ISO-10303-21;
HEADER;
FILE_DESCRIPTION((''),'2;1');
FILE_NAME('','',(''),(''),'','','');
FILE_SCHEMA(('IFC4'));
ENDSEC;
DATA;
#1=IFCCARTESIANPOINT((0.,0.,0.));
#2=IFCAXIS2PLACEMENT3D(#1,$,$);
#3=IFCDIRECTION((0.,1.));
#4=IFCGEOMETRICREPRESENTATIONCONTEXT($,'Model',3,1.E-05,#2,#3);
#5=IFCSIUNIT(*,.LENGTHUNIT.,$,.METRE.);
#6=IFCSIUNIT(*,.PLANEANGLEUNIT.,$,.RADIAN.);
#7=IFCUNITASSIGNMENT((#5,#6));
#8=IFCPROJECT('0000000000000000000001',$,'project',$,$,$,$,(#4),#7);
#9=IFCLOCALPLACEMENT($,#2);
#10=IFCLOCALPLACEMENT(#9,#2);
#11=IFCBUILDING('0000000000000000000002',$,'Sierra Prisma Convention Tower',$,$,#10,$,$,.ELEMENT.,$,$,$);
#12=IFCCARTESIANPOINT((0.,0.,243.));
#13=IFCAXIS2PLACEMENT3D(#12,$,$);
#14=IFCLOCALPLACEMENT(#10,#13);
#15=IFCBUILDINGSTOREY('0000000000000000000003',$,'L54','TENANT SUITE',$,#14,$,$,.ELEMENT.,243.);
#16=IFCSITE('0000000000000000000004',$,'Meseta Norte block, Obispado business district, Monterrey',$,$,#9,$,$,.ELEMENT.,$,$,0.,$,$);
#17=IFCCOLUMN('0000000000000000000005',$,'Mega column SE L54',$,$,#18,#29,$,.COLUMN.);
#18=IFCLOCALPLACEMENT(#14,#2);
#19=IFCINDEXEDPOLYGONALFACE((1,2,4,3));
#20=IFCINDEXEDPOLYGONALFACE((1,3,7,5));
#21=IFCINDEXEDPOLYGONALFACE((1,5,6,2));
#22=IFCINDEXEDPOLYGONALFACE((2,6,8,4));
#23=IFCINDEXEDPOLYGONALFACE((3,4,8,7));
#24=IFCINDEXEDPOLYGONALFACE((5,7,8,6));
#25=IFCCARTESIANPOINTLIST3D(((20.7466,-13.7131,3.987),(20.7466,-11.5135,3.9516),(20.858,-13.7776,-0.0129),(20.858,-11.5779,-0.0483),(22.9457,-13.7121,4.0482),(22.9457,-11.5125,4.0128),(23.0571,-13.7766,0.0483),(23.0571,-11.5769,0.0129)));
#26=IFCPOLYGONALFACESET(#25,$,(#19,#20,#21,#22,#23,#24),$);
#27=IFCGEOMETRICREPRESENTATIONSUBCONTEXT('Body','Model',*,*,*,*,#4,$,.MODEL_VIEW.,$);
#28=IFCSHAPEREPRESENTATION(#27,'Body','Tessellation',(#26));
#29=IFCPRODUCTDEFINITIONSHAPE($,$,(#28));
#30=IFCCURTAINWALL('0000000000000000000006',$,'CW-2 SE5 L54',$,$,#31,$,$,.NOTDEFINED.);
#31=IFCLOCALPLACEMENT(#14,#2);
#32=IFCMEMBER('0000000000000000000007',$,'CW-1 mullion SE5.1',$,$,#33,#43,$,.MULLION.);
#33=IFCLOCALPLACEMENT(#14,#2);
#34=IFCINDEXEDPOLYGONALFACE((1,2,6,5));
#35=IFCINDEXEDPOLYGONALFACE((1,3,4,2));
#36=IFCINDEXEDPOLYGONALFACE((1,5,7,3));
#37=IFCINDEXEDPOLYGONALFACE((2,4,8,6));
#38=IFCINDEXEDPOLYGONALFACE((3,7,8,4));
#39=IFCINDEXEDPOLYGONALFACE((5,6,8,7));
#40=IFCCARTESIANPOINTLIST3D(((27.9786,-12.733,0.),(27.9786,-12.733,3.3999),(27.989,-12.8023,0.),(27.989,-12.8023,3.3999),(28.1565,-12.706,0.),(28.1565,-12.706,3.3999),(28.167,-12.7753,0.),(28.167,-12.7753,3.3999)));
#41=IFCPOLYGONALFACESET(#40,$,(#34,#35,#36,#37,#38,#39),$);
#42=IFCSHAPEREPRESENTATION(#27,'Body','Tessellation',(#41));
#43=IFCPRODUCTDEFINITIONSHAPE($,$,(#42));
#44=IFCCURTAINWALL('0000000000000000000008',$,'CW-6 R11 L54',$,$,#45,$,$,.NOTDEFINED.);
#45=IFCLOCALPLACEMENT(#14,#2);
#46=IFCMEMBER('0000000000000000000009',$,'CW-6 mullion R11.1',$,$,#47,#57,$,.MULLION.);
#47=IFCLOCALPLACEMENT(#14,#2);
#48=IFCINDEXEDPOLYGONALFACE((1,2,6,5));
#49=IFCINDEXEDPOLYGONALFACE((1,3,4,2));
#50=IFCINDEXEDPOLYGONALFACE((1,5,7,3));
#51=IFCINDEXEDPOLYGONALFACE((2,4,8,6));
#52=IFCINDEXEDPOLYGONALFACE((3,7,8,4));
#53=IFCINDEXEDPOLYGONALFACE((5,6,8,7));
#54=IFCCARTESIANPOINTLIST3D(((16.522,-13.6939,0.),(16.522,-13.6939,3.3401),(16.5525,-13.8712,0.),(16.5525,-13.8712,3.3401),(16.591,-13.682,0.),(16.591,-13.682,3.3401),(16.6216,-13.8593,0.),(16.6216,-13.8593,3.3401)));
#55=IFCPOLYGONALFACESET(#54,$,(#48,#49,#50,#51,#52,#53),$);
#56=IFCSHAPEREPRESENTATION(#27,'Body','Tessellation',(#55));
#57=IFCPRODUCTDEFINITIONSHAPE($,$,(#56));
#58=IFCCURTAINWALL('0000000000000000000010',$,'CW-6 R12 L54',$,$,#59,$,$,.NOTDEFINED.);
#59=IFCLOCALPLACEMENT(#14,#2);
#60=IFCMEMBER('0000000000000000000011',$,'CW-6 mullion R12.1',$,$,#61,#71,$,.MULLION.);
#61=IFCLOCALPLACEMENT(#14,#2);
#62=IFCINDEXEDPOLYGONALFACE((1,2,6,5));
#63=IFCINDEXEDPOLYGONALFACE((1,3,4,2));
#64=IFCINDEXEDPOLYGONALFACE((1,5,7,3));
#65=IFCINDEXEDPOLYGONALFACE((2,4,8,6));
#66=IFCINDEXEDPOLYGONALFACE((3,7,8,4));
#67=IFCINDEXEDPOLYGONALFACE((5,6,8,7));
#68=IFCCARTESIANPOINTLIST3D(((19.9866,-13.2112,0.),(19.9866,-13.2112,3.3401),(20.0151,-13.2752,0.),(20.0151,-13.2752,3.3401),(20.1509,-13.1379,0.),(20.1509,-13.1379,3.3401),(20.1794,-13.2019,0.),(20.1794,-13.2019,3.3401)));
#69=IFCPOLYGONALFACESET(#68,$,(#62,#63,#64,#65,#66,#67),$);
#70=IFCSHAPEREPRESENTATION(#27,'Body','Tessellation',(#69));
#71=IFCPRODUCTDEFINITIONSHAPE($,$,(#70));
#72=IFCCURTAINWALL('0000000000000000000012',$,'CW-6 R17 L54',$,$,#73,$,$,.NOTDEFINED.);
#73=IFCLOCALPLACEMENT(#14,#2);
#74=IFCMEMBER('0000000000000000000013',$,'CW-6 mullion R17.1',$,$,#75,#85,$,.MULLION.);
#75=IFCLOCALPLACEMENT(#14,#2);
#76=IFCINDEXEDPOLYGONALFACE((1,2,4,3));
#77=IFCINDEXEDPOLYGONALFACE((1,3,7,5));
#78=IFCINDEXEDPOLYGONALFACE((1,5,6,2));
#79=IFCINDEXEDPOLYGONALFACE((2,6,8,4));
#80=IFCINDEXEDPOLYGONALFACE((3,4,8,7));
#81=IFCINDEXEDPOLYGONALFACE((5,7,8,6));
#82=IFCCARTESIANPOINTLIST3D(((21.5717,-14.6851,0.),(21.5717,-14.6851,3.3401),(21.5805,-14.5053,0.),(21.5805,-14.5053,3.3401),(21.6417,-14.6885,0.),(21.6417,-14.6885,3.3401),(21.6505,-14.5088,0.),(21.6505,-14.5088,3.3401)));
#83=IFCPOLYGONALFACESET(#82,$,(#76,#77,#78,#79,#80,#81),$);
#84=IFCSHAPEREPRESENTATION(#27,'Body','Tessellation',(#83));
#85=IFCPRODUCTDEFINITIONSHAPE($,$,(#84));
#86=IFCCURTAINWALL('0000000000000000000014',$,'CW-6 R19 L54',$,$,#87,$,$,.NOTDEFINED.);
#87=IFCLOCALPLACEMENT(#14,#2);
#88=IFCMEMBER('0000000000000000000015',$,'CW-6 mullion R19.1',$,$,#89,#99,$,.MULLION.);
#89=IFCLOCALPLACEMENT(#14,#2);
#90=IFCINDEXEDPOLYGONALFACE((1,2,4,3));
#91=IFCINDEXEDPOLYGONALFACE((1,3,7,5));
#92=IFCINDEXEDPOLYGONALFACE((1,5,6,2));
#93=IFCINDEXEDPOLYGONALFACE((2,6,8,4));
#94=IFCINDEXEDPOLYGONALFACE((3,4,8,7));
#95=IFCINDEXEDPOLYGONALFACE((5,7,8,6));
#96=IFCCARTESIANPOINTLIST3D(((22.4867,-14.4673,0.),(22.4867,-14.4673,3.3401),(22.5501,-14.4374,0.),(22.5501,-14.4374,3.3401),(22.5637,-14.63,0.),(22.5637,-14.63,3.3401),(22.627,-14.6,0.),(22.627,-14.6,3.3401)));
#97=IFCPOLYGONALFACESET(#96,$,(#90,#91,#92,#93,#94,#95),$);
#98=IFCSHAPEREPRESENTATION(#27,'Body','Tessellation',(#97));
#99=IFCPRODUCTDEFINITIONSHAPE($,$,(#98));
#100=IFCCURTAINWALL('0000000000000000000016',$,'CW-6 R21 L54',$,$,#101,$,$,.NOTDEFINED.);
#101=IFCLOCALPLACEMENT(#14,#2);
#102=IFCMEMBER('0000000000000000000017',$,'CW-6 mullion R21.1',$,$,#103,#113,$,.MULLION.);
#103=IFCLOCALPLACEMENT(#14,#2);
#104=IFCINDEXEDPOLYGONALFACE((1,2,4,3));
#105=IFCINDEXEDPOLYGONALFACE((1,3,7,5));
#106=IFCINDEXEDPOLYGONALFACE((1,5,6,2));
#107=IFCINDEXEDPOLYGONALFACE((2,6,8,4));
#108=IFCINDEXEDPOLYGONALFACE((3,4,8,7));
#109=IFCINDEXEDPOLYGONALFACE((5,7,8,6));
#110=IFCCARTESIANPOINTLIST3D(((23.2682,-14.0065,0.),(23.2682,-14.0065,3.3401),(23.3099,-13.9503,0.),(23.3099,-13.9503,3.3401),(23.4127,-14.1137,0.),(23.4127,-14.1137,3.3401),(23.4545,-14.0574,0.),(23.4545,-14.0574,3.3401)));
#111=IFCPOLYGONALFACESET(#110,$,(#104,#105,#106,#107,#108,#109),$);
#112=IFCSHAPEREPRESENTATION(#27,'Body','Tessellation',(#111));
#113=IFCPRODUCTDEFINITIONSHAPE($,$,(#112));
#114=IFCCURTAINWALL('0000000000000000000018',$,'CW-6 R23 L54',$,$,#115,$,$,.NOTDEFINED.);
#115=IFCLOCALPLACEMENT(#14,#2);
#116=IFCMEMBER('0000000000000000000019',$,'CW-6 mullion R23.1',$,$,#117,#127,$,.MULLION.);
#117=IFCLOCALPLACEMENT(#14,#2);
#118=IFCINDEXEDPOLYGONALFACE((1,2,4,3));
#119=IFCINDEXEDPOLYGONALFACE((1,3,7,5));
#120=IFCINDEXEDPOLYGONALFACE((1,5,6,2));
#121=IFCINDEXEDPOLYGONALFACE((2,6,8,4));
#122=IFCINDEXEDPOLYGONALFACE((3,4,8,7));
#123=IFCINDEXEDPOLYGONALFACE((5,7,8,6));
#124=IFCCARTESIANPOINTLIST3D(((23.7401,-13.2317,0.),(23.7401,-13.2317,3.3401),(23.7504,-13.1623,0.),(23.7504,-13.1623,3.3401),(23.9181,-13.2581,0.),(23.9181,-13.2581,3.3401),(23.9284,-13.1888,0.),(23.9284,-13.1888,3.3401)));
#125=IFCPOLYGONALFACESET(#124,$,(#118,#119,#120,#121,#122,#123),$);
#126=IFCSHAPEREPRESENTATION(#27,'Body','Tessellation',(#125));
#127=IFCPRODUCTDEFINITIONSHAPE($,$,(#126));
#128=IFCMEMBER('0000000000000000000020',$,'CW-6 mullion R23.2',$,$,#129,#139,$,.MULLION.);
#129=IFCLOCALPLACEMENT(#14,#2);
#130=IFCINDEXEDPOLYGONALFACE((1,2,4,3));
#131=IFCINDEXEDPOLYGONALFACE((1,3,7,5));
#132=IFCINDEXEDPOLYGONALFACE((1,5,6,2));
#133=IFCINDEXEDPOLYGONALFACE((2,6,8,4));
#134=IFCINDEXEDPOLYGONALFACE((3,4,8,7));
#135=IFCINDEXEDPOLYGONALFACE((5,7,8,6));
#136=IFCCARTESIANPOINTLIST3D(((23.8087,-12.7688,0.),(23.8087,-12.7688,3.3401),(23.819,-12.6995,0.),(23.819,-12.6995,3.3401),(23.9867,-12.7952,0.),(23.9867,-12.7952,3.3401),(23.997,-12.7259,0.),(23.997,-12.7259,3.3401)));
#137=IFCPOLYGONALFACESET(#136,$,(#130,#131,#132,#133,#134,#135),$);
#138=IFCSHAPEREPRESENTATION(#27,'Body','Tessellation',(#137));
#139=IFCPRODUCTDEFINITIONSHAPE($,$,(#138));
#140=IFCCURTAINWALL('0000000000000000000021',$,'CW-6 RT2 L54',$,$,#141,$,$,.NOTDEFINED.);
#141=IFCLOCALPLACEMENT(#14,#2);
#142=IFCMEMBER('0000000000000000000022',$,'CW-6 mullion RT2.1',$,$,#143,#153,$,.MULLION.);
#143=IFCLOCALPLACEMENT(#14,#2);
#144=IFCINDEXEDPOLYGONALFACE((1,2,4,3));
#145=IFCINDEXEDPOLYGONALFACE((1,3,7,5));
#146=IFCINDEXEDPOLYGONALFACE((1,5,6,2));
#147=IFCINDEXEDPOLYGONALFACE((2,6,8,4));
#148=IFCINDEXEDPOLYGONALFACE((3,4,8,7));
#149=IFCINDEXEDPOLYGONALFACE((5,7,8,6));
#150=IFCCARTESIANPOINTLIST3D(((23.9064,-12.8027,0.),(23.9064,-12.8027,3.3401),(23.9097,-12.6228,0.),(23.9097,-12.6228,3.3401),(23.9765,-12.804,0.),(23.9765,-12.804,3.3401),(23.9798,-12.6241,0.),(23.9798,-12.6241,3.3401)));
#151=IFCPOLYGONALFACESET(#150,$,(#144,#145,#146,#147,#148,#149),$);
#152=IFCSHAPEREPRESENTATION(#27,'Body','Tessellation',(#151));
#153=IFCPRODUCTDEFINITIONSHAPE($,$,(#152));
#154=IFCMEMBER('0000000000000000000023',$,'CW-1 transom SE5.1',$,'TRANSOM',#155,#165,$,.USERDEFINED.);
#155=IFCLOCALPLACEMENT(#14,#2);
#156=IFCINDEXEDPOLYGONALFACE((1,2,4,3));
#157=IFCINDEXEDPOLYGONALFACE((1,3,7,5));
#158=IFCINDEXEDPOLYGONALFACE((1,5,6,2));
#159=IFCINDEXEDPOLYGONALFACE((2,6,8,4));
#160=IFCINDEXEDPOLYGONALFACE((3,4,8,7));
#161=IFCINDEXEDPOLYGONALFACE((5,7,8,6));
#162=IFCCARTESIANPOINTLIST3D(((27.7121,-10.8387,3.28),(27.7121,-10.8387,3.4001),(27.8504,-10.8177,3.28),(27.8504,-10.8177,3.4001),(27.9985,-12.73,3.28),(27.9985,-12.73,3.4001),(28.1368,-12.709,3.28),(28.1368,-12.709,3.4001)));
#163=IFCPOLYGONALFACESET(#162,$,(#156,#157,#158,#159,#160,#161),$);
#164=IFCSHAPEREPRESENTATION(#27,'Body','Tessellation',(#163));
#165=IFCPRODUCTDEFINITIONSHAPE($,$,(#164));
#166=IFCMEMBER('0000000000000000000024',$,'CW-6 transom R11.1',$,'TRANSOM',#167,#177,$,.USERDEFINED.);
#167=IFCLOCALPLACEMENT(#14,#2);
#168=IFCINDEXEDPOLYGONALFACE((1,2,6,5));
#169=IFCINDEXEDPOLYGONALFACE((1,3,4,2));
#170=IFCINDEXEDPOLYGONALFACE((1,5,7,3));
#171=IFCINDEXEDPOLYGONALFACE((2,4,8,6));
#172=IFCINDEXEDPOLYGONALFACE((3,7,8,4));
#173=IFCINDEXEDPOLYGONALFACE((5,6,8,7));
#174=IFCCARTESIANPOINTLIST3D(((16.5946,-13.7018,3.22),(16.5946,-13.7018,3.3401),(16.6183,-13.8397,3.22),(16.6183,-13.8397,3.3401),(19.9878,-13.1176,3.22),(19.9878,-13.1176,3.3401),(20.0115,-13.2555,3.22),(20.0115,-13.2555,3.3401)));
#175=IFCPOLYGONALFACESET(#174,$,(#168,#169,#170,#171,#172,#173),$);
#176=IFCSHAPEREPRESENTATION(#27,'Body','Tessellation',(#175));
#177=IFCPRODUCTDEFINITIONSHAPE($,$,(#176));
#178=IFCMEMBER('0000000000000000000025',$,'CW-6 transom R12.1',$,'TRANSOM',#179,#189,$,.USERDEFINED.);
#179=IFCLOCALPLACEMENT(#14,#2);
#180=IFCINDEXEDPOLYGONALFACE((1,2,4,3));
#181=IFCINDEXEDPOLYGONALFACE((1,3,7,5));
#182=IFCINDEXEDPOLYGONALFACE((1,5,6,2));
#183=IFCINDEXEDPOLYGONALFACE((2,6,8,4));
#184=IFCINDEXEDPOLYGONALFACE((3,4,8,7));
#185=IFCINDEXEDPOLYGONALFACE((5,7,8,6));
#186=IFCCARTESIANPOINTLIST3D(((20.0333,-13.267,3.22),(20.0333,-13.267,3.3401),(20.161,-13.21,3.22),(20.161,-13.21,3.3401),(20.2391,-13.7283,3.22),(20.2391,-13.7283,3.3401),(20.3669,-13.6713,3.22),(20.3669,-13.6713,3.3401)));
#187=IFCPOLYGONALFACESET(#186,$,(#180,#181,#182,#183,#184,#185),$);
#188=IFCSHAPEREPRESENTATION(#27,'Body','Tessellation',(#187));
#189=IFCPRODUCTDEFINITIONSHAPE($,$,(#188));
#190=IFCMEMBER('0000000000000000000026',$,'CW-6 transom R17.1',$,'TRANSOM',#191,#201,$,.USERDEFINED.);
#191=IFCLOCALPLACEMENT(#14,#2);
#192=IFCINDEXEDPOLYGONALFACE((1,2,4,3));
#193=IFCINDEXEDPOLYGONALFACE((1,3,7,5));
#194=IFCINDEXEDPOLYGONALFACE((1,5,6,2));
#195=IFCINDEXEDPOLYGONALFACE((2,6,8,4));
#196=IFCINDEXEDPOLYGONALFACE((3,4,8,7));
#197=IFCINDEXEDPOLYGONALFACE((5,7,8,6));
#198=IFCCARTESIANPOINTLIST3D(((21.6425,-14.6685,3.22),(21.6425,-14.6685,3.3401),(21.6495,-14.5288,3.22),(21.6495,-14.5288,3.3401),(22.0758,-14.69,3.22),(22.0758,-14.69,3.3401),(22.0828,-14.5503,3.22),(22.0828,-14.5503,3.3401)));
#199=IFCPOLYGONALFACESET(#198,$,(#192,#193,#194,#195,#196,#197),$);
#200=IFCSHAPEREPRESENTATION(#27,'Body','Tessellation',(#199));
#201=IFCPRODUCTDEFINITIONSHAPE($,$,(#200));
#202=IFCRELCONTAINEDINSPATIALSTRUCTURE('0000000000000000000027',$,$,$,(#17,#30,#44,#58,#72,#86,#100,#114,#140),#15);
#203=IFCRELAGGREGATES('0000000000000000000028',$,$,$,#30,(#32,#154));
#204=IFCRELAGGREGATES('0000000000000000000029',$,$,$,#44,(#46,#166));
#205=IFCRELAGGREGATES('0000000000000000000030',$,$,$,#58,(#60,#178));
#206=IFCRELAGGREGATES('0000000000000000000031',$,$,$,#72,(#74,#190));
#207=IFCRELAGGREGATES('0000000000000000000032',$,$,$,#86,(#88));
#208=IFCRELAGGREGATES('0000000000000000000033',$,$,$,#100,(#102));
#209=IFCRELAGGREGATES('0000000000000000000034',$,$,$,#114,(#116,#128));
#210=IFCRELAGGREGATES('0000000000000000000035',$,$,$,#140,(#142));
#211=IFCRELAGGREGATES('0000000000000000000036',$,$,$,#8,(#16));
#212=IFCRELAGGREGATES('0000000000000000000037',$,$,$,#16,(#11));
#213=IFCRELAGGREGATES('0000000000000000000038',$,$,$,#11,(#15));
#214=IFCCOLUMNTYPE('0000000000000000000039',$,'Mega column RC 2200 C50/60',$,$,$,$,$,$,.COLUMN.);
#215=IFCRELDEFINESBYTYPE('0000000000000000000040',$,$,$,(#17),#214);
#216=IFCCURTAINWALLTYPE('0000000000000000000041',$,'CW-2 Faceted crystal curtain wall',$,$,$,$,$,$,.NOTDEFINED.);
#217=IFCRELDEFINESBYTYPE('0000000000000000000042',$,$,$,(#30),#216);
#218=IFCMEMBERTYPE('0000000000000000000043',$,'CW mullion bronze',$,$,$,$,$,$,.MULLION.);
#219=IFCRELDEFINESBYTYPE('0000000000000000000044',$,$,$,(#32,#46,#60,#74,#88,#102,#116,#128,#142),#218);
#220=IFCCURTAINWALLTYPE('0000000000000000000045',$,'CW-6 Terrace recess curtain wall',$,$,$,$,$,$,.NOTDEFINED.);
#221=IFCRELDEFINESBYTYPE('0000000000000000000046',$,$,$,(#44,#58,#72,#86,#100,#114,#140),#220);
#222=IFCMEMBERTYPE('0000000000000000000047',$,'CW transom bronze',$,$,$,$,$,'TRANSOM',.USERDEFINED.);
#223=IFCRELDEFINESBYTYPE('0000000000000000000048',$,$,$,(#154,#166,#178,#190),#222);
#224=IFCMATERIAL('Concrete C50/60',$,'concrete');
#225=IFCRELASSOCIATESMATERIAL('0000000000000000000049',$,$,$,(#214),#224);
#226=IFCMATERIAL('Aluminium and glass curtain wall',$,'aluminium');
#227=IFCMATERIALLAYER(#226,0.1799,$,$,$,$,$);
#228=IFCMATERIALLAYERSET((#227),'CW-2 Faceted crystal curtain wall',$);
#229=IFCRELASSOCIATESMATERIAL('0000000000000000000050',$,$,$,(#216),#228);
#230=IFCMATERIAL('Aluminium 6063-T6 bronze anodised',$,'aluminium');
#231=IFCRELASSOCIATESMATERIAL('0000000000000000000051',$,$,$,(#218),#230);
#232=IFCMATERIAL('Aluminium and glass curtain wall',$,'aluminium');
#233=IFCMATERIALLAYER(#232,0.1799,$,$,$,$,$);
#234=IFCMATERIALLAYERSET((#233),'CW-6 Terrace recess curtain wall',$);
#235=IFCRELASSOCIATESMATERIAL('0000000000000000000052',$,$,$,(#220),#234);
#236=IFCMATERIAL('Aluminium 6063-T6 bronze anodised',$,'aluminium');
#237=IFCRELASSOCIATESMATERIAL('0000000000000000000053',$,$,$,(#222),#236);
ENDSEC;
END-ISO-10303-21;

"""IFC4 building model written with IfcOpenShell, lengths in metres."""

from ifc_helpers import new_model, si_unit, direction, frame, origin, origin_2d, place, context, subcontext, project, spatial, rectangle, extrude, material, layer, layer_set, material_profile, profile_set, type_object, element, aggregate, save


model = new_model("IFC4")

# Units and contexts
model_context = context("Model", 3, precision=1e-05, world=origin(), true_north=direction((0.0, 1.0)))
body_context = subcontext(model_context, "Body", "Model", "MODEL_VIEW")
ifc_project = project(units=[si_unit("LENGTHUNIT", "METRE"), si_unit("PLANEANGLEUNIT", "RADIAN")], contexts=[model_context])

# Site, building, storey
site_placement = place(None, origin())
site = spatial("IfcSite", under=ifc_project, at=site_placement, Name="Meseta Norte block, Obispado business district, Monterrey", CompositionType="ELEMENT", RefElevation=0.0)
building_placement = place(site_placement, origin())
building = spatial("IfcBuilding", under=site, at=building_placement, Name="Sierra Prisma Convention Tower", CompositionType="ELEMENT")
storey_placement = place(building_placement, frame((0.0, 0.0, 243.0)))
storey = spatial("IfcBuildingStorey", under=building, at=storey_placement, Name="L54", Description="TENANT SUITE", CompositionType="ELEMENT", Elevation=243.0)

# Column
ifc_material_1 = material(Name="Concrete C50/60", Category="concrete")
ifc_material_profile_1 = material_profile(ifc_material_1, rectangle(XDim=2.2, YDim=2.2, at=origin_2d()), Name="Mega column RC 2200 C50/60")
ifc_profile_set_1 = profile_set([ifc_material_profile_1], Name="Concrete C50/60")
column_type = type_object("IfcColumnType", Name="Mega column RC 2200 C50/60", PredefinedType="COLUMN", material=ifc_profile_set_1)
column_placement = place(storey_placement, frame((21.9575, -12.6772, 0.0), z_axis=(-0.027818, 0.016105, 0.999483), x_axis=(0.999613, 0.000448, 0.027814)))
element("IfcColumn", 1, at=column_placement, inside=storey, type_object=column_type, Name="Mega column SE L54", PredefinedType="COLUMN", context=body_context, shape_type="SweptSolid", body=[
    extrude(rectangle(XDim=2.2, YDim=2.2, at=origin_2d()), origin(), (0.0, 0.0, 1.0), 4.002),
])

# Curtain walls, members
ifc_material_2 = material(Name="Aluminium and glass curtain wall", Category="aluminium")
ifc_layer_1 = layer(ifc_material_2, 0.1799)
ifc_layer_set_1 = layer_set([ifc_layer_1], Name="CW-2 Faceted crystal curtain wall")
curtain_wall_type_1 = type_object("IfcCurtainWallType", Name="CW-2 Faceted crystal curtain wall", PredefinedType="NOTDEFINED", material=ifc_layer_set_1)
curtain_wall_1_placement = place(storey_placement, origin())
curtain_wall_1 = element("IfcCurtainWall", 2, at=curtain_wall_1_placement, inside=storey, type_object=curtain_wall_type_1, Name="CW-2 SE5 L54", PredefinedType="NOTDEFINED")
ifc_material_3 = material(Name="Aluminium 6063-T6 bronze anodised", Category="aluminium")
ifc_material_profile_2 = material_profile(ifc_material_3, rectangle(XDim=0.1799, YDim=0.0701, at=origin_2d()), Name="ALU MULLION 70x180")
ifc_profile_set_2 = profile_set([ifc_material_profile_2], Name="Aluminium 6063-T6 bronze anodised")
member_type_1 = type_object("IfcMemberType", Name="CW mullion bronze", PredefinedType="MULLION", material=ifc_profile_set_2)
member_1_placement = place(storey_placement, frame((28.0728, -12.7542, 0.0), z_axis=(0.0, 0.0, 1.0), x_axis=(-0.988731, -0.149705, 0.0)))
member_1 = element("IfcMember", 3, at=member_1_placement, type_object=member_type_1, Name="CW-1 mullion SE5.1", PredefinedType="MULLION", context=body_context, shape_type="SweptSolid", body=[
    extrude(rectangle(XDim=0.1799, YDim=0.0701, at=origin_2d()), origin(), (0.0, 0.0, 1.0), 3.3999),
])
ifc_material_4 = material(Name="Aluminium and glass curtain wall", Category="aluminium")
ifc_layer_2 = layer(ifc_material_4, 0.1799)
ifc_layer_set_2 = layer_set([ifc_layer_2], Name="CW-6 Terrace recess curtain wall")
curtain_wall_type_2 = type_object("IfcCurtainWallType", Name="CW-6 Terrace recess curtain wall", PredefinedType="NOTDEFINED", material=ifc_layer_set_2)
curtain_wall_2_placement = place(storey_placement, origin())
curtain_wall_2 = element("IfcCurtainWall", 4, at=curtain_wall_2_placement, inside=storey, type_object=curtain_wall_type_2, Name="CW-6 R11 L54", PredefinedType="NOTDEFINED")
member_2_placement = place(storey_placement, frame((16.5718, -13.7766, 0.0), z_axis=(0.0, 0.0, 1.0), x_axis=(-0.16964, 0.985506, 0.0)))
member_2 = element("IfcMember", 5, at=member_2_placement, type_object=member_type_1, Name="CW-6 mullion R11.1", PredefinedType="MULLION", context=body_context, shape_type="SweptSolid", body=[
    extrude(rectangle(XDim=0.1799, YDim=0.0701, at=origin_2d()), origin(), (0.0, 0.0, 1.0), 3.3401),
])
curtain_wall_3_placement = place(storey_placement, origin())
curtain_wall_3 = element("IfcCurtainWall", 6, at=curtain_wall_3_placement, inside=storey, type_object=curtain_wall_type_2, Name="CW-6 R12 L54", PredefinedType="NOTDEFINED")
member_3_placement = place(storey_placement, frame((20.083, -13.2065, 0.0), z_axis=(0.0, 0.0, 1.0), x_axis=(0.913138, 0.40765, 0.0)))
member_3 = element("IfcMember", 7, at=member_3_placement, type_object=member_type_1, Name="CW-6 mullion R12.1", PredefinedType="MULLION", context=body_context, shape_type="SweptSolid", body=[
    extrude(rectangle(XDim=0.1799, YDim=0.0701, at=origin_2d()), origin(), (0.0, 0.0, 1.0), 3.3401),
])
curtain_wall_4_placement = place(storey_placement, origin())
curtain_wall_4 = element("IfcCurtainWall", 8, at=curtain_wall_4_placement, inside=storey, type_object=curtain_wall_type_2, Name="CW-6 R17 L54", PredefinedType="NOTDEFINED")
member_4_placement = place(storey_placement, frame((21.6111, -14.5969, 0.0), z_axis=(0.0, 0.0, 1.0), x_axis=(0.049068, 0.998795, 0.0)))
member_4 = element("IfcMember", 9, at=member_4_placement, type_object=member_type_1, Name="CW-6 mullion R17.1", PredefinedType="MULLION", context=body_context, shape_type="SweptSolid", body=[
    extrude(rectangle(XDim=0.1799, YDim=0.0701, at=origin_2d()), origin(), (0.0, 0.0, 1.0), 3.3401),
])
curtain_wall_5_placement = place(storey_placement, origin())
curtain_wall_5 = element("IfcCurtainWall", 10, at=curtain_wall_5_placement, inside=storey, type_object=curtain_wall_type_2, Name="CW-6 R19 L54", PredefinedType="NOTDEFINED")
member_5_placement = place(storey_placement, frame((22.5569, -14.5337, 0.0), z_axis=(0.0, 0.0, 1.0), x_axis=(-0.427555, 0.903989, 0.0)))
member_5 = element("IfcMember", 11, at=member_5_placement, type_object=member_type_1, Name="CW-6 mullion R19.1", PredefinedType="MULLION", context=body_context, shape_type="SweptSolid", body=[
    extrude(rectangle(XDim=0.1799, YDim=0.0701, at=origin_2d()), origin(), (0.0, 0.0, 1.0), 3.3401),
])
curtain_wall_6_placement = place(storey_placement, origin())
curtain_wall_6 = element("IfcCurtainWall", 12, at=curtain_wall_6_placement, inside=storey, type_object=curtain_wall_type_2, Name="CW-6 R21 L54", PredefinedType="NOTDEFINED")
member_6_placement = place(storey_placement, frame((23.3613, -14.032, 0.0), z_axis=(0.0, 0.0, 1.0), x_axis=(-0.803208, 0.595699, 0.0)))
member_6 = element("IfcMember", 13, at=member_6_placement, type_object=member_type_1, Name="CW-6 mullion R21.1", PredefinedType="MULLION", context=body_context, shape_type="SweptSolid", body=[
    extrude(rectangle(XDim=0.1799, YDim=0.0701, at=origin_2d()), origin(), (0.0, 0.0, 1.0), 3.3401),
])

# Curtain wall, members
curtain_wall_7_placement = place(storey_placement, origin())
curtain_wall_7 = element("IfcCurtainWall", 14, at=curtain_wall_7_placement, inside=storey, type_object=curtain_wall_type_2, Name="CW-6 R23 L54", PredefinedType="NOTDEFINED")
member_7_placement = place(storey_placement, frame((23.8342, -13.2102, 0.0), z_axis=(0.0, 0.0, 1.0), x_axis=(-0.989177, 0.14673, 0.0)))
member_7 = element("IfcMember", 15, at=member_7_placement, type_object=member_type_1, Name="CW-6 mullion R23.1", PredefinedType="MULLION", context=body_context, shape_type="SweptSolid", body=[
    extrude(rectangle(XDim=0.1799, YDim=0.0701, at=origin_2d()), origin(), (0.0, 0.0, 1.0), 3.3401),
])
member_8_placement = place(storey_placement, frame((23.9028, -12.7473, 0.0), z_axis=(0.0, 0.0, 1.0), x_axis=(-0.989177, 0.14673, 0.0)))
member_8 = element("IfcMember", 16, at=member_8_placement, type_object=member_type_1, Name="CW-6 mullion R23.2", PredefinedType="MULLION", context=body_context, shape_type="SweptSolid", body=[
    extrude(rectangle(XDim=0.1799, YDim=0.0701, at=origin_2d()), origin(), (0.0, 0.0, 1.0), 3.3401),
])

# Curtain wall, member
curtain_wall_8_placement = place(storey_placement, origin())
curtain_wall_8 = element("IfcCurtainWall", 17, at=curtain_wall_8_placement, inside=storey, type_object=curtain_wall_type_2, Name="CW-6 RT2 L54", PredefinedType="NOTDEFINED")
member_9_placement = place(storey_placement, frame((23.9431, -12.7134, 0.0), z_axis=(0.0, 0.0, 1.0), x_axis=(0.018196, 0.999834, 0.0)))
member_9 = element("IfcMember", 18, at=member_9_placement, type_object=member_type_1, Name="CW-6 mullion RT2.1", PredefinedType="MULLION", context=body_context, shape_type="SweptSolid", body=[
    extrude(rectangle(XDim=0.1799, YDim=0.0701, at=origin_2d()), origin(), (0.0, 0.0, 1.0), 3.3401),
])

# Members
ifc_material_5 = material(Name="Aluminium 6063-T6 bronze anodised", Category="aluminium")
ifc_material_profile_3 = material_profile(ifc_material_5, rectangle(XDim=0.1399, YDim=0.1201, at=origin_2d()), Name="ALU TRANSOM 120x140")
ifc_profile_set_3 = profile_set([ifc_material_profile_3], Name="Aluminium 6063-T6 bronze anodised")
member_type_2 = type_object("IfcMemberType", Name="CW transom bronze", ElementType="TRANSOM", PredefinedType="USERDEFINED", material=ifc_profile_set_3)
member_10_placement = place(storey_placement, frame((28.0676, -12.7195, 3.3401), z_axis=(-0.149707, 0.98873, 0.0), x_axis=(-0.98873, -0.149707, 0.0)))
member_10 = element("IfcMember", 19, at=member_10_placement, type_object=member_type_2, Name="CW-1 transom SE5.1", ObjectType="TRANSOM", PredefinedType="USERDEFINED", context=body_context, shape_type="SweptSolid", body=[
    extrude(rectangle(XDim=0.1399, YDim=0.1201, at=origin_2d()), origin(), (0.0, 0.0, 1.0), 1.9128),
])
member_11_placement = place(storey_placement, frame((16.6064, -13.7708, 3.28), z_axis=(0.9855, 0.169674, 0.0), x_axis=(-0.169674, 0.9855, 0.0)))
member_11 = element("IfcMember", 20, at=member_11_placement, type_object=member_type_2, Name="CW-6 transom R11.1", ObjectType="TRANSOM", PredefinedType="USERDEFINED", context=body_context, shape_type="SweptSolid", body=[
    extrude(rectangle(XDim=0.1399, YDim=0.1201, at=origin_2d()), origin(), (0.0, 0.0, 1.0), 3.4431),
])
member_12_placement = place(storey_placement, frame((20.0972, -13.2385, 3.28), z_axis=(0.407528, -0.913193, 0.0), x_axis=(0.913193, 0.407528, 0.0)))
member_12 = element("IfcMember", 21, at=member_12_placement, type_object=member_type_2, Name="CW-6 transom R12.1", ObjectType="TRANSOM", PredefinedType="USERDEFINED", context=body_context, shape_type="SweptSolid", body=[
    extrude(rectangle(XDim=0.1399, YDim=0.1201, at=origin_2d()), origin(), (0.0, 0.0, 1.0), 0.5051),
])
member_13_placement = place(storey_placement, frame((21.646, -14.5986, 3.28), z_axis=(0.998773, -0.049517, 0.0), x_axis=(0.049517, 0.998773, 0.0)))
member_13 = element("IfcMember", 22, at=member_13_placement, type_object=member_type_2, Name="CW-6 transom R17.1", ObjectType="TRANSOM", PredefinedType="USERDEFINED", context=body_context, shape_type="SweptSolid", body=[
    extrude(rectangle(XDim=0.1399, YDim=0.1201, at=origin_2d()), origin(), (0.0, 0.0, 1.0), 0.4338),
])

aggregate(curtain_wall_1, [member_1, member_10])

aggregate(curtain_wall_2, [member_2, member_11])
aggregate(curtain_wall_3, [member_3, member_12])
aggregate(curtain_wall_4, [member_4, member_13])
aggregate(curtain_wall_5, [member_5])
aggregate(curtain_wall_6, [member_6])
aggregate(curtain_wall_7, [member_7, member_8])
aggregate(curtain_wall_8, [member_9])

save(model, "model.ifc")
